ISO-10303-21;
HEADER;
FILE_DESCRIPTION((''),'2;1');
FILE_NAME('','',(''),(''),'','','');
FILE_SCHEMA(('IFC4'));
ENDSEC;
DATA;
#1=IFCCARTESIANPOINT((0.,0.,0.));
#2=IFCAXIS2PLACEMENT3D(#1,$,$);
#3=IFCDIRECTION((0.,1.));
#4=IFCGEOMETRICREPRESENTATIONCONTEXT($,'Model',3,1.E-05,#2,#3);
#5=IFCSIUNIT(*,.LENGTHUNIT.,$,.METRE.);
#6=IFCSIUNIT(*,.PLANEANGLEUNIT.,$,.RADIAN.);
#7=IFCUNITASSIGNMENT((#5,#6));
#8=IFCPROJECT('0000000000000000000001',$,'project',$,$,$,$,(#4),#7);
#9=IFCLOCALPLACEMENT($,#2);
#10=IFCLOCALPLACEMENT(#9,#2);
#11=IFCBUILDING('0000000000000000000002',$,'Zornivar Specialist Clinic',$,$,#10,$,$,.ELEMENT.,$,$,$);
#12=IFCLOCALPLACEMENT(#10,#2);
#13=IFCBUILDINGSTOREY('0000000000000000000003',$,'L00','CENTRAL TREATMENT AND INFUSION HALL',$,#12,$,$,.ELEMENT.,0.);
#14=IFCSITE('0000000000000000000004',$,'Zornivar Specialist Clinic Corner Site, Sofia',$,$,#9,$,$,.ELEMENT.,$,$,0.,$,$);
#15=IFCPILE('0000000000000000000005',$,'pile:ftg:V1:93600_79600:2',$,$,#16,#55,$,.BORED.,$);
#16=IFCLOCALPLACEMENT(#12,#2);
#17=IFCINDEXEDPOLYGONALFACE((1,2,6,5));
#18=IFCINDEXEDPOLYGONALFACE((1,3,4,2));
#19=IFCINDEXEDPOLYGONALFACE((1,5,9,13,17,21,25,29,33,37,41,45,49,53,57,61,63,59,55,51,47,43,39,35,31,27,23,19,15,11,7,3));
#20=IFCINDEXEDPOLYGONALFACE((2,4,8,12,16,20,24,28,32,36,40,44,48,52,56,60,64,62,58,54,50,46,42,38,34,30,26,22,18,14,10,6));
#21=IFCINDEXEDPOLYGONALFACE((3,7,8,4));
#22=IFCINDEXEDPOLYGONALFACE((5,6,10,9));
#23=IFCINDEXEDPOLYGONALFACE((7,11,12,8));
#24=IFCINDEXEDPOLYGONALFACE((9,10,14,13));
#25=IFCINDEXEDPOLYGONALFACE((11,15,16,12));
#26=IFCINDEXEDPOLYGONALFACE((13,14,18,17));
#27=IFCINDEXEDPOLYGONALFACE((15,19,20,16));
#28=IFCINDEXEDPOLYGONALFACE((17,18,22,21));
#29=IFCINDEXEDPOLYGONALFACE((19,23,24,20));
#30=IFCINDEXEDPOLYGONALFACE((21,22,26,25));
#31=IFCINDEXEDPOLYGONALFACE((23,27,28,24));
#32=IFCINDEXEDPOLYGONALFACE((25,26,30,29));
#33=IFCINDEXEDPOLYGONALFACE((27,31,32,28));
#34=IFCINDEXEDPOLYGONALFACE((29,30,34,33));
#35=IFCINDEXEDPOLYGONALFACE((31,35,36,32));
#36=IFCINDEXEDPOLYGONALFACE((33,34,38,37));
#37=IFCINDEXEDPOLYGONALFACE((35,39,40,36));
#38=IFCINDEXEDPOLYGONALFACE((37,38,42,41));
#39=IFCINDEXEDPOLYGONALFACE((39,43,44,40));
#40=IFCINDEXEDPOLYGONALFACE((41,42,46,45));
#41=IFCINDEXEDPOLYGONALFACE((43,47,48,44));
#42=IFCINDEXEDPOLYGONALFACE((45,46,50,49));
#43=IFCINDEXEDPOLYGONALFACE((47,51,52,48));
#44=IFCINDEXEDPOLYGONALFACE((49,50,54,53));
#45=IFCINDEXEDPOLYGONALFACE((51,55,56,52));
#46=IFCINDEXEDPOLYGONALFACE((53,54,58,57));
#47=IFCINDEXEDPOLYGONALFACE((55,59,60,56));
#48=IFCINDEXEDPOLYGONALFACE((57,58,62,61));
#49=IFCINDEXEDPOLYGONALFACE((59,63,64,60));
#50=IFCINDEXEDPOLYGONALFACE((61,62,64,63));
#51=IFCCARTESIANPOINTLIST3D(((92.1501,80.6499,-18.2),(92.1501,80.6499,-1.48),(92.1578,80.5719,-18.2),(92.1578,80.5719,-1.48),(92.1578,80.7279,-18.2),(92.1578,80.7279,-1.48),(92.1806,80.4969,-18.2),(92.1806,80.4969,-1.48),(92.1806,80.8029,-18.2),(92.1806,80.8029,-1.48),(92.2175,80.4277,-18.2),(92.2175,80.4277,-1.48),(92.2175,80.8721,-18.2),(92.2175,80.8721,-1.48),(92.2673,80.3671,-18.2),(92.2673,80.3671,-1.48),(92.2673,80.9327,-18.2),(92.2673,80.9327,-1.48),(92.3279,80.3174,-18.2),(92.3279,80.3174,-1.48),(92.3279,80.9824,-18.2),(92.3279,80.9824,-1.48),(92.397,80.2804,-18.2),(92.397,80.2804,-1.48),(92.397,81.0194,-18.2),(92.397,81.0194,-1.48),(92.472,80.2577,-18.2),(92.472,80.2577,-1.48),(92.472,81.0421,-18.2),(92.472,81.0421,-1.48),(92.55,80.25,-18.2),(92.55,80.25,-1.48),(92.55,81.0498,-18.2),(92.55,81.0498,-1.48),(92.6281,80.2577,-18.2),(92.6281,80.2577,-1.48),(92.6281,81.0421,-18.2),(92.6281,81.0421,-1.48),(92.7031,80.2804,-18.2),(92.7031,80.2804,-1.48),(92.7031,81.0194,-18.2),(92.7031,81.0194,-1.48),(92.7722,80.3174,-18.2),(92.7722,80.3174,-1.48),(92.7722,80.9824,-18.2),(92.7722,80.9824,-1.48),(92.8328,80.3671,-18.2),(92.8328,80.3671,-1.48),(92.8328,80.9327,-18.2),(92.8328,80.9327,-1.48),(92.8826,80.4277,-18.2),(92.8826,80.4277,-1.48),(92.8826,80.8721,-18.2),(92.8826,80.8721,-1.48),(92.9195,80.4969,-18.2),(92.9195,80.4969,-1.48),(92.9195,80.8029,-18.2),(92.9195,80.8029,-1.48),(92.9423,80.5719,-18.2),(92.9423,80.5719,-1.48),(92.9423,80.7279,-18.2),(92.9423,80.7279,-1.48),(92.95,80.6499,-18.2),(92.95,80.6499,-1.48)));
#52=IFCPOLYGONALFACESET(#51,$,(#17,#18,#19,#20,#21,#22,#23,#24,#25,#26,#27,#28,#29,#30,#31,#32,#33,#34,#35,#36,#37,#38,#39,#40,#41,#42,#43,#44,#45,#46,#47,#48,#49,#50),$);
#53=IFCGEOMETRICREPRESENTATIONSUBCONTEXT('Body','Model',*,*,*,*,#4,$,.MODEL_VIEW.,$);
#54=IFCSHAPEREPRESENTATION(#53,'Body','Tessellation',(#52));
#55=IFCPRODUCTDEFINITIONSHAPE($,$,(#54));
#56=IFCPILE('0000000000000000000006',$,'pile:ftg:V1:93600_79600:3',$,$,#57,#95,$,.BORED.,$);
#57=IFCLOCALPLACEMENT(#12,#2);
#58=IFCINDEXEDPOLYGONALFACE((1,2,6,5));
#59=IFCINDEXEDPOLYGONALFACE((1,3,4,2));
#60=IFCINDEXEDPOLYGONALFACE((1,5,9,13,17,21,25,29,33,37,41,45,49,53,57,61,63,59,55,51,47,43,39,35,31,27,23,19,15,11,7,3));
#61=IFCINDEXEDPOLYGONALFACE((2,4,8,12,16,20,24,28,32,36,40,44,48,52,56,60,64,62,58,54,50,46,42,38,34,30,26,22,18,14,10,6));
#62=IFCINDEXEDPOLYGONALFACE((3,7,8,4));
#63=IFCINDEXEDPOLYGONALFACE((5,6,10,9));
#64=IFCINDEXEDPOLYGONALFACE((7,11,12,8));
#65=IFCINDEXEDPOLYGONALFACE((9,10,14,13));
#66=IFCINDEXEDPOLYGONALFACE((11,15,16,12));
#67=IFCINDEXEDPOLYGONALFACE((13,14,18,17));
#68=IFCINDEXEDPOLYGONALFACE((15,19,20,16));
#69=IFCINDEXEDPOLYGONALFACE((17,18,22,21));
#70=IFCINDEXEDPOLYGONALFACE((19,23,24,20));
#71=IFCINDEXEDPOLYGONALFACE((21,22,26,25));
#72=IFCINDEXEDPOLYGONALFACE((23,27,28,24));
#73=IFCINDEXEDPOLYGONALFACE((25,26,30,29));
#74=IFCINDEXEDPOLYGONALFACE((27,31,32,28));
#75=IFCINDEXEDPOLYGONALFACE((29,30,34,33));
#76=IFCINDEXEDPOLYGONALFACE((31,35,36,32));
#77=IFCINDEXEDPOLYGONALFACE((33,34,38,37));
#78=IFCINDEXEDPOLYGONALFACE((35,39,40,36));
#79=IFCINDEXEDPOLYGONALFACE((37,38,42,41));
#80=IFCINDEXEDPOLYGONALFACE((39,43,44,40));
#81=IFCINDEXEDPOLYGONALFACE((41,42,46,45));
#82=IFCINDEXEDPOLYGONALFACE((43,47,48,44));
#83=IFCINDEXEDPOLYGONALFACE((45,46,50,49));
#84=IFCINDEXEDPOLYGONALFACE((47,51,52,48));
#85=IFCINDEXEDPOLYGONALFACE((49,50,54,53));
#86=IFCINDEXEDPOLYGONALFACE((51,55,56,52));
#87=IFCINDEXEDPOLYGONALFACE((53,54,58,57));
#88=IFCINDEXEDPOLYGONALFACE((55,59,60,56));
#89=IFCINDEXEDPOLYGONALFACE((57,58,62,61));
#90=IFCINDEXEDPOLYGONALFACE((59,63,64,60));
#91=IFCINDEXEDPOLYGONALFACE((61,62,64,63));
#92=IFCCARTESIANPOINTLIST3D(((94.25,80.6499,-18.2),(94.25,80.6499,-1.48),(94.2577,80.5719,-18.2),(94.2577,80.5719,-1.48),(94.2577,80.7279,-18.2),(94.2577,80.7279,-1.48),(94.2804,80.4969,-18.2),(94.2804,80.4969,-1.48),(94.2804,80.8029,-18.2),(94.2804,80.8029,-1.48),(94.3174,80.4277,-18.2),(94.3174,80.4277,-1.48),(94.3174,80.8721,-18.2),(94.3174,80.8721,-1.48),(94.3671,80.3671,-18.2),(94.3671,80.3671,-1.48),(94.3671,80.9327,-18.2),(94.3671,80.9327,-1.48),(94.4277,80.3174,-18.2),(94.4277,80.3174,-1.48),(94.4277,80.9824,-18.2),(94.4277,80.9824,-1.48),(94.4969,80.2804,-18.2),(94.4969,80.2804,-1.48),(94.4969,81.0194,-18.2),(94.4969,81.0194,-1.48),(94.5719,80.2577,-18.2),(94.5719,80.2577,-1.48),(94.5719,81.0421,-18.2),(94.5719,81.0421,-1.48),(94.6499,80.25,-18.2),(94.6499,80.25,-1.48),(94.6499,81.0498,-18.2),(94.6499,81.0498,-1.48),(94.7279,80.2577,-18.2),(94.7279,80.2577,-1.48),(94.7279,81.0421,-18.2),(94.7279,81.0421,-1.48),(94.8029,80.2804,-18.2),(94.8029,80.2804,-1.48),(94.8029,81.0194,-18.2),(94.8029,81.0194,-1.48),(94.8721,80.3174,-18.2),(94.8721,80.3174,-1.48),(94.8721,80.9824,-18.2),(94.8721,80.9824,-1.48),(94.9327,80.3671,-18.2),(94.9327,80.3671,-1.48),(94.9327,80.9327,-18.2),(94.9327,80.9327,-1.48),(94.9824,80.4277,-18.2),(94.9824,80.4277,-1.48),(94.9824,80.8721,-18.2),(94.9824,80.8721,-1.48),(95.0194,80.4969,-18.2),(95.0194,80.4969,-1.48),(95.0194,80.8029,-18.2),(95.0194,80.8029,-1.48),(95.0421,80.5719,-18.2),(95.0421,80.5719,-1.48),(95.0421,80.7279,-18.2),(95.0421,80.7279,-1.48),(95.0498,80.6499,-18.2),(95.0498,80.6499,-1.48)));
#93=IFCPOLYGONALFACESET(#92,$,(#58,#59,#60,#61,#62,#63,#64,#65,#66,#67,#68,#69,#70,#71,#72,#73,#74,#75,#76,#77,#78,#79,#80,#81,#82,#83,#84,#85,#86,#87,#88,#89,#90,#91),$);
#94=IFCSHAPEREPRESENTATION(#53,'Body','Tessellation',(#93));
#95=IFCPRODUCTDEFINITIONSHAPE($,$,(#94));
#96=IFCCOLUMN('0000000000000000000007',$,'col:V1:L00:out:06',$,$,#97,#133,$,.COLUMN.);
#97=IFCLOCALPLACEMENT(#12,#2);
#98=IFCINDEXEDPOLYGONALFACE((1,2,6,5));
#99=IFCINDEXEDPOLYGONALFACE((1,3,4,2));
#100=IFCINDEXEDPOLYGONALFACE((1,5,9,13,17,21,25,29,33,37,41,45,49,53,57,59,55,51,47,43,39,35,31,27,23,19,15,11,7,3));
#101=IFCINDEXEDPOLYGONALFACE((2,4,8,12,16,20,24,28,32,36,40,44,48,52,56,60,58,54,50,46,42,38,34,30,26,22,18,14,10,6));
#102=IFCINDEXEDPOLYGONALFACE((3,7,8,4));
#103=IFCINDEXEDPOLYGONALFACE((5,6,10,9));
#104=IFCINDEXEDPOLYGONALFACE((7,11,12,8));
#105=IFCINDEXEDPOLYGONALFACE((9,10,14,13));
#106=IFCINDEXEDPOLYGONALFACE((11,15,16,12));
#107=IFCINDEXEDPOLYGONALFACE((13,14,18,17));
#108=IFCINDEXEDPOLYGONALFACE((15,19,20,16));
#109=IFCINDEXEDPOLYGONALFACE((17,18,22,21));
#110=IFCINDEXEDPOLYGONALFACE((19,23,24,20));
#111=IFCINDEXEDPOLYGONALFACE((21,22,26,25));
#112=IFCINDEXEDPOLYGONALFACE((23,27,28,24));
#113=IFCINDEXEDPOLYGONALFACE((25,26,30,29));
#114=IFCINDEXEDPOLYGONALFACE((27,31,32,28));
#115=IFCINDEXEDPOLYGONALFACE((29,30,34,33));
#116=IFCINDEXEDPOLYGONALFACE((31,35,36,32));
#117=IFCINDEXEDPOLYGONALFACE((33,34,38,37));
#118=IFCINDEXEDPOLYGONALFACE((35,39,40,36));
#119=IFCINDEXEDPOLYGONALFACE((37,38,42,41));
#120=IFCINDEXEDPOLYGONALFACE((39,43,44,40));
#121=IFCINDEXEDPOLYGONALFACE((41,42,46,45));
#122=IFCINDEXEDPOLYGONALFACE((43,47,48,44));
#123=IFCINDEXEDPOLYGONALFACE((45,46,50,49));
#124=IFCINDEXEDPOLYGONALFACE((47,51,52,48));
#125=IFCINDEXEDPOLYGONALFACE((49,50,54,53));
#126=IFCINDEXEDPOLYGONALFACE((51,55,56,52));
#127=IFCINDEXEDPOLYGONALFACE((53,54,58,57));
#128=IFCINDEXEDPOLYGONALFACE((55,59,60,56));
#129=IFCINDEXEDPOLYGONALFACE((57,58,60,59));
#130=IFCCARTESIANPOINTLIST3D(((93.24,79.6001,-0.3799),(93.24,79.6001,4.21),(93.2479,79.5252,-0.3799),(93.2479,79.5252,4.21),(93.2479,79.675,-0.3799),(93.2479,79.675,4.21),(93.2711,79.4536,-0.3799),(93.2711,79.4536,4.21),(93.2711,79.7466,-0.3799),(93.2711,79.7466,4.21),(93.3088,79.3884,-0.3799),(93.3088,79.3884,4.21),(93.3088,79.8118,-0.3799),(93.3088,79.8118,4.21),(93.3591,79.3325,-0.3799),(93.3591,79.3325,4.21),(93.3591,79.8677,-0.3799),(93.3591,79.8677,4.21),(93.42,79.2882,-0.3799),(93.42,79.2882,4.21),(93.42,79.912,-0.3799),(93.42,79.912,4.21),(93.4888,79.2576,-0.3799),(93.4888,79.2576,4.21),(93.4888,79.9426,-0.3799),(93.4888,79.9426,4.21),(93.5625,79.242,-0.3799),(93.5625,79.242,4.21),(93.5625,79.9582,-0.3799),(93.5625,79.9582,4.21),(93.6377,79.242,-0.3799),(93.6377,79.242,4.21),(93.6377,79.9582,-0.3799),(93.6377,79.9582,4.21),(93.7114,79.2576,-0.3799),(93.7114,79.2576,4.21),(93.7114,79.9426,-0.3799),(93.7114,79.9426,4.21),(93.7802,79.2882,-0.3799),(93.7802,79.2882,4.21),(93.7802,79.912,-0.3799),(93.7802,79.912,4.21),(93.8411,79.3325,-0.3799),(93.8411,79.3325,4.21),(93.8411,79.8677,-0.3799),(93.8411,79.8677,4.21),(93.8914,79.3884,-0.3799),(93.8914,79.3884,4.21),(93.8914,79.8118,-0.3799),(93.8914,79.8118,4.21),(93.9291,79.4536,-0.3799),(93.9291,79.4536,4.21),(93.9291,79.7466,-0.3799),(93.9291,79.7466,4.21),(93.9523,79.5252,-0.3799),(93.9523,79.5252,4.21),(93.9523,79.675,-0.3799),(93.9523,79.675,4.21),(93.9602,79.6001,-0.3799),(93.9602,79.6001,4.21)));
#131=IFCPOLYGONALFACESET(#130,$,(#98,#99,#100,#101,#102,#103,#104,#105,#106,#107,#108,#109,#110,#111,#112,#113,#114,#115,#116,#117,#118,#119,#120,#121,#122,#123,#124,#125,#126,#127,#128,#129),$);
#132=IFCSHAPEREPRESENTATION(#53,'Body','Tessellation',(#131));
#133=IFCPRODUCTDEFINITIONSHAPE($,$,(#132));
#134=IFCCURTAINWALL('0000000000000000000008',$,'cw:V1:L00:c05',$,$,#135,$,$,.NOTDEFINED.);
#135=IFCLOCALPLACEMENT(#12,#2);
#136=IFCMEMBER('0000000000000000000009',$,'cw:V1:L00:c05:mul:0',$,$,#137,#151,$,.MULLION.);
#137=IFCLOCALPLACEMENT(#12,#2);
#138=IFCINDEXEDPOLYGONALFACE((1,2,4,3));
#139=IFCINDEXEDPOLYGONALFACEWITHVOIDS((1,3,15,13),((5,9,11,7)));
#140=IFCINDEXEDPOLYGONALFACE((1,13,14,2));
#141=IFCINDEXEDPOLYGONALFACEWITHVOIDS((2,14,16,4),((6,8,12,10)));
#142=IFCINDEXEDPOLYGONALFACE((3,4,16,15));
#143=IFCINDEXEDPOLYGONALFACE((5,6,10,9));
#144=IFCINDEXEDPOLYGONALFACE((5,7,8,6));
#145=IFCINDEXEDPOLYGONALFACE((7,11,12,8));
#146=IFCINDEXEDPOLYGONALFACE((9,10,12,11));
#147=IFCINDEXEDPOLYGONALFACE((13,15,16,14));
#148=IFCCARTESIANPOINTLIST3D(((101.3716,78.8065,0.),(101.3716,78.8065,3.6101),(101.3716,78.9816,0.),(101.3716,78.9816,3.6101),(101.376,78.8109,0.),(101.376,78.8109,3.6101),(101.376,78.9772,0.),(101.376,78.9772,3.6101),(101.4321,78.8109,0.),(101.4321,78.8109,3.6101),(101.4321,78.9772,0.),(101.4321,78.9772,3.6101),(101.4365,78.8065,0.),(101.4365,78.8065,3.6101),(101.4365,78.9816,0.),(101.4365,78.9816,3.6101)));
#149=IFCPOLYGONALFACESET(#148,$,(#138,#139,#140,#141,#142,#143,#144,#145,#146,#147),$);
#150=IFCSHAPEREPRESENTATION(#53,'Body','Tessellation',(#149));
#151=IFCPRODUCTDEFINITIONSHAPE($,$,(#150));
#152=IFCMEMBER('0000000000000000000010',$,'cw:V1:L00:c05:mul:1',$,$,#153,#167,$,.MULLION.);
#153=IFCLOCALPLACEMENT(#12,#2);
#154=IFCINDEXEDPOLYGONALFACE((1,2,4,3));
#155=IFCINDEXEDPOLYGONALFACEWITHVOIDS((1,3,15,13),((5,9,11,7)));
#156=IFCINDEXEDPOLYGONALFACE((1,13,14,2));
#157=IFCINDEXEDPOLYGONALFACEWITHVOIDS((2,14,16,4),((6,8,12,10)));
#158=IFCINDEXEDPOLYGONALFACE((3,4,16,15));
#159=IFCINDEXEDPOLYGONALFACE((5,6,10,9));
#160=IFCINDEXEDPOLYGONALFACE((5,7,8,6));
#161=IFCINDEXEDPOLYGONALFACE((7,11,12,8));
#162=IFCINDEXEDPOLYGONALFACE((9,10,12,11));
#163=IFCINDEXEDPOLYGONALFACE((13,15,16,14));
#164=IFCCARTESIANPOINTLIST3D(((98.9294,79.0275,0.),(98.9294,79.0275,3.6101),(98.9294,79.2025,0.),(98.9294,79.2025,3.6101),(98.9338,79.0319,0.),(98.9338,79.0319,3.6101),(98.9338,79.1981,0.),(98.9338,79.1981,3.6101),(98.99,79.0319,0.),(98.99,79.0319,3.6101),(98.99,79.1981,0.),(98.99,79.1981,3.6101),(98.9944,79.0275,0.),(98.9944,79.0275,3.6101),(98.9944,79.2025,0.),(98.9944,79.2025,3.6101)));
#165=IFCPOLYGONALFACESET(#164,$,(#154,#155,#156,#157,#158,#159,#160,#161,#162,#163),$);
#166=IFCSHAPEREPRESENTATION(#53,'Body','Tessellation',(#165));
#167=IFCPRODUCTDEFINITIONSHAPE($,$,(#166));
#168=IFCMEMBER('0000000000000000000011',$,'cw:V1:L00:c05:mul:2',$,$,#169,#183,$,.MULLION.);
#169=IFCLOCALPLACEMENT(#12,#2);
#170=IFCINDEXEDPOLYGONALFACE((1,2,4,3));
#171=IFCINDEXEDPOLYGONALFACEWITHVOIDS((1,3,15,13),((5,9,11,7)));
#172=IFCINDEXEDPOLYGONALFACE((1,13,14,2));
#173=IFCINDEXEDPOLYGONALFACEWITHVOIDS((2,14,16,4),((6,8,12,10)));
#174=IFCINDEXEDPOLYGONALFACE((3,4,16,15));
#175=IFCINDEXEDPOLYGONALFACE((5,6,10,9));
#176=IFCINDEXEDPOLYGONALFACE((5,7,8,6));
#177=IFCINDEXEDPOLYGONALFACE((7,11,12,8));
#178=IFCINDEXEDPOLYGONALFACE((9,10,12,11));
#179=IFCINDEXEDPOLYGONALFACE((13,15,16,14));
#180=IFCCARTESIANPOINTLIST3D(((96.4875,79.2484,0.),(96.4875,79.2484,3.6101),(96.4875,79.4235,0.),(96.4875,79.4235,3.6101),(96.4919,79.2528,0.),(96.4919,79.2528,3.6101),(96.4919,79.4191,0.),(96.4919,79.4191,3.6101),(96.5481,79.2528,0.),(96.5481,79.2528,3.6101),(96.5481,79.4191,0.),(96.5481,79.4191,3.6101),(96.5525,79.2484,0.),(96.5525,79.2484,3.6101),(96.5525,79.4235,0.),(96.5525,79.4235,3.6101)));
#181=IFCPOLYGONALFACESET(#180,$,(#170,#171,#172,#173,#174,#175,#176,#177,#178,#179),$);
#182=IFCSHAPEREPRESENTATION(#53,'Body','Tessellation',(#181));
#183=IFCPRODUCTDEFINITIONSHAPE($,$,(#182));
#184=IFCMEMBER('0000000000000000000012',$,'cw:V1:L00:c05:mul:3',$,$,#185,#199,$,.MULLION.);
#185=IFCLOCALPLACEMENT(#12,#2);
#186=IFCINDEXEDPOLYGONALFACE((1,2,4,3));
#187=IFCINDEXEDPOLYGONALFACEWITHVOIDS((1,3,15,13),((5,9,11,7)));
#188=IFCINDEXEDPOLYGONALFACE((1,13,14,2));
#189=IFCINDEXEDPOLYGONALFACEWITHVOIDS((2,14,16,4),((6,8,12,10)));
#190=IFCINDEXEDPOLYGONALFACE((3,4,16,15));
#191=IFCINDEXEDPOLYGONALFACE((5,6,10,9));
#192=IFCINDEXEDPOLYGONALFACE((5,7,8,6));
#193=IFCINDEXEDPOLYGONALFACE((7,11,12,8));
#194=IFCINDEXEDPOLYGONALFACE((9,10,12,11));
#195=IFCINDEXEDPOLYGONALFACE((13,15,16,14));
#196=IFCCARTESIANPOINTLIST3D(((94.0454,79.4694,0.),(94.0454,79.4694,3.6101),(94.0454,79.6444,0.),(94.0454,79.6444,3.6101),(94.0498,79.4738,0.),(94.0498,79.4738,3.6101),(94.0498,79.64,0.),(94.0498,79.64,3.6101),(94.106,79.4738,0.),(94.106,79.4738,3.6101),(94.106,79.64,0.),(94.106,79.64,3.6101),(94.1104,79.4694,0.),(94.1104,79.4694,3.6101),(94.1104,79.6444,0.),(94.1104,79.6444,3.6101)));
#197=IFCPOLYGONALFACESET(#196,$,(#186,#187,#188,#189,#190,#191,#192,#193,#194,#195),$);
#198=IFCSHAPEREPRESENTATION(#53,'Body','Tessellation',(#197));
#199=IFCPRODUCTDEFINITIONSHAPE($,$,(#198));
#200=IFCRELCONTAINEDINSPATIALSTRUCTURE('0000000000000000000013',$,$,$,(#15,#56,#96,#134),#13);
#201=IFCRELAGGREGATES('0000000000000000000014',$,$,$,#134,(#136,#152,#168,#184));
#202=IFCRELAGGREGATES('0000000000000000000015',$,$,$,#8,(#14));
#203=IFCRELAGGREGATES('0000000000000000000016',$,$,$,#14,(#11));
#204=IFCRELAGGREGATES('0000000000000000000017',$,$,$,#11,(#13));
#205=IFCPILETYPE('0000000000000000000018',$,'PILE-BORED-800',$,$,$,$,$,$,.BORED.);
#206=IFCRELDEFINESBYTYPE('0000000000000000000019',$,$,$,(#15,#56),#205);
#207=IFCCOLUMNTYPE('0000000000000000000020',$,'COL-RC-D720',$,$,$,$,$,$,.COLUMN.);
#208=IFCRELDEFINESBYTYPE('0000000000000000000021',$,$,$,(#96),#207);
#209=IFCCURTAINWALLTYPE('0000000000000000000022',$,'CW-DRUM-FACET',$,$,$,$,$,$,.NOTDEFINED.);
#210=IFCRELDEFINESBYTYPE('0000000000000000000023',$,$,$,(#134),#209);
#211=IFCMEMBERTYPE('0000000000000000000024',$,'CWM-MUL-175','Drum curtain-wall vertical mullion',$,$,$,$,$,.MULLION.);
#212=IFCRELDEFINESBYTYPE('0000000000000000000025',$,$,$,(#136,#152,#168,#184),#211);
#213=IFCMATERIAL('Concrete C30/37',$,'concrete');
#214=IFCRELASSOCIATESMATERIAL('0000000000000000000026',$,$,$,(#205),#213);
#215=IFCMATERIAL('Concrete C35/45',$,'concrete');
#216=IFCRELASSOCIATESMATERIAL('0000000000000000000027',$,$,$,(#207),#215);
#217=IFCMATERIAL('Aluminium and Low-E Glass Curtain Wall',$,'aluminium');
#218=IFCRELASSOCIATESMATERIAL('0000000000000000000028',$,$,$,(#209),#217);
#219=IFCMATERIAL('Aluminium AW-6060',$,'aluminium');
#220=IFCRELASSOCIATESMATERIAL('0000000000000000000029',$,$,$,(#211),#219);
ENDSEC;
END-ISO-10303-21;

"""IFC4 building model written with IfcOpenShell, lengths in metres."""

from ifc_helpers import new_model, si_unit, direction, frame, origin, origin_2d, place, context, subcontext, project, spatial, hollow_rectangle, circle, extrude, material, material_profile, profile_set, type_object, element, aggregate, save


model = new_model("IFC4")

# Units and contexts
model_context = context("Model", 3, precision=1e-05, world=origin(), true_north=direction((0.0, 1.0)))
body_context = subcontext(model_context, "Body", "Model", "MODEL_VIEW")
ifc_project = project(units=[si_unit("LENGTHUNIT", "METRE"), si_unit("PLANEANGLEUNIT", "RADIAN")], contexts=[model_context])

# Site, building, storey
site_placement = place(None, origin())
site = spatial("IfcSite", under=ifc_project, at=site_placement, Name="Zornivar Specialist Clinic Corner Site, Sofia", CompositionType="ELEMENT", RefElevation=0.0)
building_placement = place(site_placement, origin())
building = spatial("IfcBuilding", under=site, at=building_placement, Name="Zornivar Specialist Clinic", CompositionType="ELEMENT")
storey_placement = place(building_placement, origin())
storey = spatial("IfcBuildingStorey", under=building, at=storey_placement, Name="L00", Description="CENTRAL TREATMENT AND INFUSION HALL", CompositionType="ELEMENT", Elevation=0.0)

# Piles
ifc_material_1 = material(Name="Concrete C30/37", Category="concrete")
ifc_material_profile_1 = material_profile(ifc_material_1, circle(Radius=0.3999, at=origin_2d()), Name="PILE D800")
ifc_profile_set_1 = profile_set([ifc_material_profile_1], Name="Concrete C30/37")
pile_type = type_object("IfcPileType", Name="PILE-BORED-800", PredefinedType="BORED", material=ifc_profile_set_1)
for number, where, z_axis, x_axis, name in (
    (1, (92.55, 80.6499, -1.48), (0.0, 0.0, -1.0), (1.0, 0.0, 0.0), "pile:ftg:V1:93600_79600:2"),
    (2, (94.6499, 80.6499, -1.48), (0.0, 0.0, -1.0), (1.0, 0.0, 0.0), "pile:ftg:V1:93600_79600:3"),
):
    element("IfcPile", number, at=place(storey_placement, frame(where, z_axis=z_axis, x_axis=x_axis)), inside=storey, type_object=pile_type, Name=name, PredefinedType="BORED", context=body_context, shape_type="SweptSolid", body=[
        extrude(circle(Radius=0.3999, at=origin_2d()), origin(), (0.0, 0.0, 1.0), 16.72),
    ])

# Column
ifc_material_2 = material(Name="Concrete C35/45", Category="concrete")
ifc_material_profile_2 = material_profile(ifc_material_2, circle(Radius=0.3601, at=origin_2d()), Name="RC D720")
ifc_profile_set_2 = profile_set([ifc_material_profile_2], Name="Concrete C35/45")
column_type = type_object("IfcColumnType", Name="COL-RC-D720", PredefinedType="COLUMN", material=ifc_profile_set_2)
column_placement = place(storey_placement, frame((93.6001, 79.6001, -0.3799), z_axis=(0.0, 0.0, 1.0), x_axis=(1.0, 0.0, 0.0)))
element("IfcColumn", 3, at=column_placement, inside=storey, type_object=column_type, Name="col:V1:L00:out:06", PredefinedType="COLUMN", context=body_context, shape_type="SweptSolid", body=[
    extrude(circle(Radius=0.3601, at=origin_2d()), origin(), (0.0, 0.0, 1.0), 4.5898),
])

# Curtain wall, members
ifc_material_3 = material(Name="Aluminium and Low-E Glass Curtain Wall", Category="aluminium")
curtain_wall_type = type_object("IfcCurtainWallType", Name="CW-DRUM-FACET", PredefinedType="NOTDEFINED", material=ifc_material_3)
curtain_wall_1_placement = place(storey_placement, origin())
curtain_wall_1 = element("IfcCurtainWall", 4, at=curtain_wall_1_placement, inside=storey, type_object=curtain_wall_type, Name="cw:V1:L00:c05", PredefinedType="NOTDEFINED")
ifc_material_4 = material(Name="Aluminium AW-6060", Category="aluminium")
ifc_material_profile_3 = material_profile(ifc_material_4, hollow_rectangle(XDim=0.0649, YDim=0.175, WallThickness=0.0044, at=origin_2d()), Name="ALU 65x175x4.5")
ifc_profile_set_3 = profile_set([ifc_material_profile_3], Name="Aluminium AW-6060")
member_type_1 = type_object("IfcMemberType", Name="CWM-MUL-175", Description="Drum curtain-wall vertical mullion", PredefinedType="MULLION", material=ifc_profile_set_3)
member_1_placement = place(storey_placement, frame((101.4041, 78.894, 0.0), z_axis=(0.0, 0.0, 1.0), x_axis=(1.0, 0.0, 0.0)))
member_1 = element("IfcMember", 5, at=member_1_placement, type_object=member_type_1, Name="cw:V1:L00:c05:mul:0", PredefinedType="MULLION", context=body_context, shape_type="SweptSolid", body=[
    extrude(hollow_rectangle(XDim=0.0649, YDim=0.175, WallThickness=0.0044, at=origin_2d()), origin(), (0.0, 0.0, 1.0), 3.6101),
])
member_2_placement = place(storey_placement, frame((98.9619, 79.115, 0.0), z_axis=(0.0, 0.0, 1.0), x_axis=(1.0, 0.0, 0.0)))
member_2 = element("IfcMember", 6, at=member_2_placement, type_object=member_type_1, Name="cw:V1:L00:c05:mul:1", PredefinedType="MULLION", context=body_context, shape_type="SweptSolid", body=[
    extrude(hollow_rectangle(XDim=0.0649, YDim=0.175, WallThickness=0.0044, at=origin_2d()), origin(), (0.0, 0.0, 1.0), 3.6101),
])
member_3_placement = place(storey_placement, frame((96.52, 79.3359, 0.0), z_axis=(0.0, 0.0, 1.0), x_axis=(1.0, 0.0, 0.0)))
member_3 = element("IfcMember", 7, at=member_3_placement, type_object=member_type_1, Name="cw:V1:L00:c05:mul:2", PredefinedType="MULLION", context=body_context, shape_type="SweptSolid", body=[
    extrude(hollow_rectangle(XDim=0.0649, YDim=0.175, WallThickness=0.0044, at=origin_2d()), origin(), (0.0, 0.0, 1.0), 3.6101),
])
member_4_placement = place(storey_placement, frame((94.0779, 79.5569, 0.0), z_axis=(0.0, 0.0, 1.0), x_axis=(1.0, 0.0, 0.0)))
member_4 = element("IfcMember", 8, at=member_4_placement, type_object=member_type_1, Name="cw:V1:L00:c05:mul:3", PredefinedType="MULLION", context=body_context, shape_type="SweptSolid", body=[
    extrude(hollow_rectangle(XDim=0.0649, YDim=0.175, WallThickness=0.0044, at=origin_2d()), origin(), (0.0, 0.0, 1.0), 3.6101),
])

aggregate(curtain_wall_1, [member_1, member_2, member_3, member_4])

save(model, "model.ifc")
